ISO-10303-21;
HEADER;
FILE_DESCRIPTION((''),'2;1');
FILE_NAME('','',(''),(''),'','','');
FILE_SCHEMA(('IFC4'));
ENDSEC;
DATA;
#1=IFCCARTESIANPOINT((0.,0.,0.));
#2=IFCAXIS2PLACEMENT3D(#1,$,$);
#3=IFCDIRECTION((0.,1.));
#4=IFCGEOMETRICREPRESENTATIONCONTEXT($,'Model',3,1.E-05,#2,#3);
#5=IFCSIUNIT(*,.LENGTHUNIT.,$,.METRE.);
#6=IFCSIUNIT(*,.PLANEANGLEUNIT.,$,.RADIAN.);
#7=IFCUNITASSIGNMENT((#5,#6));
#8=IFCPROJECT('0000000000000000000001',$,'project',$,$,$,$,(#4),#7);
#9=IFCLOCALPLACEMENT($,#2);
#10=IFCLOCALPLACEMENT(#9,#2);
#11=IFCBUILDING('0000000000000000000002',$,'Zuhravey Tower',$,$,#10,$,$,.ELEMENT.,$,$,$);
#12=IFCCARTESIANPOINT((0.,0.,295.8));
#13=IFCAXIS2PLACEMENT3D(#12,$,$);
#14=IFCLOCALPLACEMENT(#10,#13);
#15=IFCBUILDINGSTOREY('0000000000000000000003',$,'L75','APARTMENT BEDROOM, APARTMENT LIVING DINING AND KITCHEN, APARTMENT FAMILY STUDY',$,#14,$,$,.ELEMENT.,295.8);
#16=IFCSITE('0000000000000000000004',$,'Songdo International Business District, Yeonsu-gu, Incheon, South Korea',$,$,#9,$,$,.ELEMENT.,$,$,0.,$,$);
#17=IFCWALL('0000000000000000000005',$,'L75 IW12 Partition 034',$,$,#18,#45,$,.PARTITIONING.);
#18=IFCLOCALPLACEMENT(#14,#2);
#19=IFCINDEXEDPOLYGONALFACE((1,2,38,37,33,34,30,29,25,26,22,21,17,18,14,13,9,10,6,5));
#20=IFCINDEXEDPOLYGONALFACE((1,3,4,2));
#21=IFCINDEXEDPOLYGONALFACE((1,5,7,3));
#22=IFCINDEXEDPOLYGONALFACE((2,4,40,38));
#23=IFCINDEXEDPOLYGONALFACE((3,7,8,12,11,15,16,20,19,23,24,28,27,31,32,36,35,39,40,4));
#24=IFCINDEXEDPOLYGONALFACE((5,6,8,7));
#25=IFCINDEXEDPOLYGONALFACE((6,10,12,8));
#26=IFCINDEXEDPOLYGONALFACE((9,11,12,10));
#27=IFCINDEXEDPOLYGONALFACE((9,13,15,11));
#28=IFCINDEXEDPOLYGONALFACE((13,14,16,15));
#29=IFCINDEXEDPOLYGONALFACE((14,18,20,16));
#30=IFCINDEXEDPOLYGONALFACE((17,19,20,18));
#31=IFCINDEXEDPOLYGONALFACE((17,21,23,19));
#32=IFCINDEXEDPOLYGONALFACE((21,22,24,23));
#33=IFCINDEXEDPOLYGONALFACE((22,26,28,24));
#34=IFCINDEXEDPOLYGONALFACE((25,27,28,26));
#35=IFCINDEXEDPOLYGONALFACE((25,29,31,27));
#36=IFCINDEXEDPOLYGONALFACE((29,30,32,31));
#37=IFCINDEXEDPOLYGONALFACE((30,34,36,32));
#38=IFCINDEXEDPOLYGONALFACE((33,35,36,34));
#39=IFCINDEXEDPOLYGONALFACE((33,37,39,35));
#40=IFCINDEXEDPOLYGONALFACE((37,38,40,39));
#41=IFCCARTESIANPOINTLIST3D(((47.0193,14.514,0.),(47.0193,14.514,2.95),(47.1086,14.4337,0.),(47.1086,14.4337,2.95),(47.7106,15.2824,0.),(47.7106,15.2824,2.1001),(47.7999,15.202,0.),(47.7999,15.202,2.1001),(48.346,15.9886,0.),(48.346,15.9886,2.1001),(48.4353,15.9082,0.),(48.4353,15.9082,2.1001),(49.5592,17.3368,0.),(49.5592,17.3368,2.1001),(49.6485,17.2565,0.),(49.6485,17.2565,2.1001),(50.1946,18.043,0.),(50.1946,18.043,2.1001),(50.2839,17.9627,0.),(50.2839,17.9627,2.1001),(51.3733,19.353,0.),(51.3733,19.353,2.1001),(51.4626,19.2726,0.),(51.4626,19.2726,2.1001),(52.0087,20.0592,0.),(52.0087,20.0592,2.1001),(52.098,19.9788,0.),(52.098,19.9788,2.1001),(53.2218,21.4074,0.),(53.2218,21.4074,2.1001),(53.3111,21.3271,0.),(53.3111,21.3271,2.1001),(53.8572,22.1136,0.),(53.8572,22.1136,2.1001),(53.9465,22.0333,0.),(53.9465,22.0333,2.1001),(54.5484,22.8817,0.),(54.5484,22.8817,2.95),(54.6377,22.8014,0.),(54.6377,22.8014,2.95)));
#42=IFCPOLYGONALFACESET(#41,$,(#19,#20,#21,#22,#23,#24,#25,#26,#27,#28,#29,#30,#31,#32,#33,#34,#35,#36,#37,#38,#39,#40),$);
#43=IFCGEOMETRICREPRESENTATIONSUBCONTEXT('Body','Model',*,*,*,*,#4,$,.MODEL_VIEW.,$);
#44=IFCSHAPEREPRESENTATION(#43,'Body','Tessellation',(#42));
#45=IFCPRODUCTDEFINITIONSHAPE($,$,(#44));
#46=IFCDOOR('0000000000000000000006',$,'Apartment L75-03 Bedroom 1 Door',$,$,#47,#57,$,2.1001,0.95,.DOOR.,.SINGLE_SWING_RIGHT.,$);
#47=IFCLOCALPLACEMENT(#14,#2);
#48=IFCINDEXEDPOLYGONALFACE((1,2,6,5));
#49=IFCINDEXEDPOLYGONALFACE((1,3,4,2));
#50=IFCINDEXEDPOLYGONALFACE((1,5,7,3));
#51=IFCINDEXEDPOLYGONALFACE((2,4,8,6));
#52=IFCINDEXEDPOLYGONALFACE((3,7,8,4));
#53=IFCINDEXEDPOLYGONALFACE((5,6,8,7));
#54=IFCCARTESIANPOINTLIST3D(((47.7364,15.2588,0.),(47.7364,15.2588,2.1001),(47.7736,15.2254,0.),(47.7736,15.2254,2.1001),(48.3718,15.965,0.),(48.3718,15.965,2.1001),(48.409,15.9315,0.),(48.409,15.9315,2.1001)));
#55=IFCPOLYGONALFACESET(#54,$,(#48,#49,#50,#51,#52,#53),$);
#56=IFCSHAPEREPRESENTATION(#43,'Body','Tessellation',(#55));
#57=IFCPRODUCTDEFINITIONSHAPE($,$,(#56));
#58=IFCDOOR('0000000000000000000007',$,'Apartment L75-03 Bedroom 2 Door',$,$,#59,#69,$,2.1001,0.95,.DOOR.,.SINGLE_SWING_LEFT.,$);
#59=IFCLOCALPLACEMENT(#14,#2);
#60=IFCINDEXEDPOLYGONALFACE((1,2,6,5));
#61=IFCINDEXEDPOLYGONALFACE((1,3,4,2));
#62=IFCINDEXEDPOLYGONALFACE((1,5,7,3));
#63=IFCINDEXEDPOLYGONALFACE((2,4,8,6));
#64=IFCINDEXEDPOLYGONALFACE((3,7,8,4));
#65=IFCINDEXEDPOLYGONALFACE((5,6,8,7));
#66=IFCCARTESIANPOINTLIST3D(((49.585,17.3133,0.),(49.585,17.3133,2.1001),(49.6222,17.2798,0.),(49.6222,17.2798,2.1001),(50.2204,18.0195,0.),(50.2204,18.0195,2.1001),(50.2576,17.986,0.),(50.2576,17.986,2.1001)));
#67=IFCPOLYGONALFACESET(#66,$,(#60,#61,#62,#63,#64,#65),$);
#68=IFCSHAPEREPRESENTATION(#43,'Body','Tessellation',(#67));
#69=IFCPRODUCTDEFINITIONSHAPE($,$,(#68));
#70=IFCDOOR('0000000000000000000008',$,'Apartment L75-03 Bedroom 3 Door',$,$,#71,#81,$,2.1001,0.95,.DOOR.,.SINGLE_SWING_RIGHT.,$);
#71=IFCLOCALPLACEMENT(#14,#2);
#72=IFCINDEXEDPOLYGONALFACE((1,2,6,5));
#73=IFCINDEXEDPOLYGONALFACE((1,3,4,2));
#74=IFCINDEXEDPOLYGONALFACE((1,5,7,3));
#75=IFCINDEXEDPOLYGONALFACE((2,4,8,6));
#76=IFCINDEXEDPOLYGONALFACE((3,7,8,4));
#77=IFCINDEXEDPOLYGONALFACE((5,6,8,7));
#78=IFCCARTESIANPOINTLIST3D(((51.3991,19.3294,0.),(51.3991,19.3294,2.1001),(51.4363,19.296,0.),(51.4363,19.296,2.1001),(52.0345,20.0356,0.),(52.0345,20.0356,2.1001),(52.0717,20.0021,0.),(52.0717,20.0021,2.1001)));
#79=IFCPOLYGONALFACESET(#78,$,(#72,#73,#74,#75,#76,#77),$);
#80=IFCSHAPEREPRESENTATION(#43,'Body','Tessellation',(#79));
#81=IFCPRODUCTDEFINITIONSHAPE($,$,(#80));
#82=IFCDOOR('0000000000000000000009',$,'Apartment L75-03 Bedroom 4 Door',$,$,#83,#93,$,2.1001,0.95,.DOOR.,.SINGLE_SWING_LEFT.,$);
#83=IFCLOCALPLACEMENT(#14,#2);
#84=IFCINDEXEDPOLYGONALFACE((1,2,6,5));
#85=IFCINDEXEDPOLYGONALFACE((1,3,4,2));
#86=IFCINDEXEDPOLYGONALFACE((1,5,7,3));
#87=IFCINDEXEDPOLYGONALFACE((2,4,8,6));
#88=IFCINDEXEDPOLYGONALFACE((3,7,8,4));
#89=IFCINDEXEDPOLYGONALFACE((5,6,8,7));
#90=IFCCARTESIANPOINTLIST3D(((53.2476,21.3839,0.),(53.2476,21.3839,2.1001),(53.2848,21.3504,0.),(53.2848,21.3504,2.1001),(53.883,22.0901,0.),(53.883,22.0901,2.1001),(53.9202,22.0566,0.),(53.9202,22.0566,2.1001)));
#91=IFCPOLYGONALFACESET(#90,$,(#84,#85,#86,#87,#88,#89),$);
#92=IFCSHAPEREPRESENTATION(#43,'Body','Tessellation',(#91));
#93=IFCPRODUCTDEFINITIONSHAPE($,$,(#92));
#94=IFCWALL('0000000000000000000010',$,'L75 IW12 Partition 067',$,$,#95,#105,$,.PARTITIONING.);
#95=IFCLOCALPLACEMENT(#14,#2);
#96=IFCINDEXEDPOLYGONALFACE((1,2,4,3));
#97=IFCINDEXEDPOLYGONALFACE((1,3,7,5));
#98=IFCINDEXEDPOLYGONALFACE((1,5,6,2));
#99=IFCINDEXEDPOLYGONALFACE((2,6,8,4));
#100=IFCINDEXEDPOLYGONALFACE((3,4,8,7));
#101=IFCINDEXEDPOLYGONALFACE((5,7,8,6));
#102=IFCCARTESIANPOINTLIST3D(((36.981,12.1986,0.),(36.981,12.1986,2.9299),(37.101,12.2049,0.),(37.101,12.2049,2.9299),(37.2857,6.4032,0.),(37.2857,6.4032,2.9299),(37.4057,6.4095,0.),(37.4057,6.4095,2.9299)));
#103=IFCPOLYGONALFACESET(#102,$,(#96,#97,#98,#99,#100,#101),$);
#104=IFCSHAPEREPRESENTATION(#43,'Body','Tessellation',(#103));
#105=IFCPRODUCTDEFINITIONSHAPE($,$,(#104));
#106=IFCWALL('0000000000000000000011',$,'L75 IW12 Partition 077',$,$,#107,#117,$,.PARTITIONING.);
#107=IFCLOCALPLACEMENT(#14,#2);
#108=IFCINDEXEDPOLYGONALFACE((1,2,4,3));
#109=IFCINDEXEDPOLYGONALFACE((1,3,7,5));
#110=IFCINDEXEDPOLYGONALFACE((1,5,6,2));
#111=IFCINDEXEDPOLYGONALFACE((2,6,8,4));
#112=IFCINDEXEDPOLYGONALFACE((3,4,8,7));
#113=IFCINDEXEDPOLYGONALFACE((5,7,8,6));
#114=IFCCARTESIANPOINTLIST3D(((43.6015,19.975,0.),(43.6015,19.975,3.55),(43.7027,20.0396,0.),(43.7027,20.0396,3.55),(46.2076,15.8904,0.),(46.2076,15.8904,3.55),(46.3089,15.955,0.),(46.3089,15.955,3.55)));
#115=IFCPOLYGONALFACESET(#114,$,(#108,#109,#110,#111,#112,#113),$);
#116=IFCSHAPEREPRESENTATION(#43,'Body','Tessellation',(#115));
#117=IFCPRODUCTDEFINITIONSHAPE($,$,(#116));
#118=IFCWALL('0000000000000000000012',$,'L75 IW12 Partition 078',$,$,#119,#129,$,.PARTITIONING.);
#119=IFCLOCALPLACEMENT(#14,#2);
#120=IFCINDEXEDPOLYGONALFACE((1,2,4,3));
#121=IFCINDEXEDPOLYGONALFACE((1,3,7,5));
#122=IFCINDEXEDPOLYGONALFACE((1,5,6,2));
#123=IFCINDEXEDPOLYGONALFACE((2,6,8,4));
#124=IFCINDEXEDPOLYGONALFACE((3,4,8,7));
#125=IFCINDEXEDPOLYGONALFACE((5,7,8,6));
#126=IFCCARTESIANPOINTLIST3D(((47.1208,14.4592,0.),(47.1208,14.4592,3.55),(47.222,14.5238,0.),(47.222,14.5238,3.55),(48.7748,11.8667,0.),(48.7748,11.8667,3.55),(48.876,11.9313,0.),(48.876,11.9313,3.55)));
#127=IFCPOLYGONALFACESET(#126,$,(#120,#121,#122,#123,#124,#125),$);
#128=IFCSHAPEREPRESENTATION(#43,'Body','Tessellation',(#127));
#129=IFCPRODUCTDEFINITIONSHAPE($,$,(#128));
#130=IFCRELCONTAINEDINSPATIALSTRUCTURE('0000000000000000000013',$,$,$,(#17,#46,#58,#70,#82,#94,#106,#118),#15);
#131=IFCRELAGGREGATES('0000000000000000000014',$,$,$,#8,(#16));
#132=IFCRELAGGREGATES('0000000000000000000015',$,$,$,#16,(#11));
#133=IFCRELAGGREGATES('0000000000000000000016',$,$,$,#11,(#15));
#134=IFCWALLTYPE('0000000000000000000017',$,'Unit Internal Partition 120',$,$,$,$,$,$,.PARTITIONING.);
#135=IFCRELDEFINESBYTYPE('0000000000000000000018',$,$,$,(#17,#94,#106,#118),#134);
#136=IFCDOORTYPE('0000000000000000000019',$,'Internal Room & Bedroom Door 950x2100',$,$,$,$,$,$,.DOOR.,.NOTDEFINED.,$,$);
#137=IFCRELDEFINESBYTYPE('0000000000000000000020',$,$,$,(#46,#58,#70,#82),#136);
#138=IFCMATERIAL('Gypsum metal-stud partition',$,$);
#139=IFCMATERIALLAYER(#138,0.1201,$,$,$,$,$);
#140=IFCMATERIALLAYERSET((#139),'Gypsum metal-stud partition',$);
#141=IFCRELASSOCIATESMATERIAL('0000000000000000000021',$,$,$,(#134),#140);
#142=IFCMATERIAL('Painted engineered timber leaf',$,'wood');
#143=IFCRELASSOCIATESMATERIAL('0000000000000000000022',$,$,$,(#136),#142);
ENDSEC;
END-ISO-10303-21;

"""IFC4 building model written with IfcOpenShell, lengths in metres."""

from ifc_helpers import new_model, si_unit, direction, frame, frame_2d, origin, place, context, subcontext, project, spatial, rectangle, extrude, material, layer, layer_set, type_object, element, fill, save


model = new_model("IFC4")

# Units and contexts
model_context = context("Model", 3, precision=1e-05, world=origin(), true_north=direction((0.0, 1.0)))
body_context = subcontext(model_context, "Body", "Model", "MODEL_VIEW")
ifc_project = project(units=[si_unit("LENGTHUNIT", "METRE"), si_unit("PLANEANGLEUNIT", "RADIAN")], contexts=[model_context])

# Site, building, storey
site_placement = place(None, origin())
site = spatial("IfcSite", under=ifc_project, at=site_placement, Name="Songdo International Business District, Yeonsu-gu, Incheon, South Korea", CompositionType="ELEMENT", RefElevation=0.0)
building_placement = place(site_placement, origin())
building = spatial("IfcBuilding", under=site, at=building_placement, Name="Zuhravey Tower", CompositionType="ELEMENT")
storey_placement = place(building_placement, frame((0.0, 0.0, 295.8)))
storey = spatial("IfcBuildingStorey", under=building, at=storey_placement, Name="L75", Description="APARTMENT BEDROOM, APARTMENT LIVING DINING AND KITCHEN, APARTMENT FAMILY STUDY", CompositionType="ELEMENT", Elevation=295.8)

# Shared definitions
ifc_material_1 = material(Name="Gypsum metal-stud partition")
ifc_layer_1 = layer(ifc_material_1, 0.1201)
ifc_layer_set_1 = layer_set([ifc_layer_1], Name="Gypsum metal-stud partition")
wall_type_1 = type_object("IfcWallType", Name="Unit Internal Partition 120", PredefinedType="PARTITIONING", material=ifc_layer_set_1)
ifc_material_2 = material(Name="Painted engineered timber leaf", Category="wood")
door_type_1 = type_object("IfcDoorType", Name="Internal Room & Bedroom Door 950x2100", OperationType="NOTDEFINED", PredefinedType="DOOR", material=ifc_material_2)

# Wall, openings, doors
wall_1_placement = place(storey_placement, frame((47.064, 14.4739, 0.0), z_axis=(0.0, 0.0, 1.0), x_axis=(0.668874, 0.743376, 0.0)))
wall_1 = element("IfcWall", 1, at=wall_1_placement, inside=storey, type_object=wall_type_1, Name="L75 IW12 Partition 034", PredefinedType="PARTITIONING", context=body_context, shape_type="SweptSolid", body=[
    extrude(rectangle(XDim=11.2563, YDim=0.1201, at=frame_2d((5.6282, 0.0))), origin(), (0.0, 0.0, 1.0), 2.95),
])
opening_1_placement = place(wall_1_placement, frame((1.0334, 0.0, 0.0)))
opening_1 = element("IfcOpeningElement", 2, at=opening_1_placement, cuts=wall_1, PredefinedType="OPENING", context=body_context, shape_type="SweptSolid", body=[
    extrude(rectangle(XDim=0.95, YDim=2.1001, at=frame_2d((0.4751, 1.05))), frame((0.0, 0.072, 0.0), z_axis=(0.0, -1.0, 0.0), x_axis=(1.0, 0.0, 0.0)), (0.0, 0.0, 1.0), 0.144),
])
opening_2_placement = place(wall_1_placement, frame((3.7971, 0.0, 0.0)))
opening_2 = element("IfcOpeningElement", 3, at=opening_2_placement, cuts=wall_1, PredefinedType="OPENING", context=body_context, shape_type="SweptSolid", body=[
    extrude(rectangle(XDim=0.95, YDim=2.1001, at=frame_2d((0.4751, 1.05))), frame((0.0, 0.072, 0.0), z_axis=(0.0, -1.0, 0.0), x_axis=(1.0, 0.0, 0.0)), (0.0, 0.0, 1.0), 0.144),
])
opening_3_placement = place(wall_1_placement, frame((6.5093, 0.0, 0.0)))
opening_3 = element("IfcOpeningElement", 4, at=opening_3_placement, cuts=wall_1, PredefinedType="OPENING", context=body_context, shape_type="SweptSolid", body=[
    extrude(rectangle(XDim=0.95, YDim=2.1001, at=frame_2d((0.4751, 1.05))), frame((0.0, 0.072, 0.0), z_axis=(0.0, -1.0, 0.0), x_axis=(1.0, 0.0, 0.0)), (0.0, 0.0, 1.0), 0.144),
])
opening_4_placement = place(wall_1_placement, frame((9.2729, 0.0, 0.0)))
opening_4 = element("IfcOpeningElement", 5, at=opening_4_placement, cuts=wall_1, PredefinedType="OPENING", context=body_context, shape_type="SweptSolid", body=[
    extrude(rectangle(XDim=0.95, YDim=2.1001, at=frame_2d((0.4751, 1.05))), frame((0.0, 0.072, 0.0), z_axis=(0.0, -1.0, 0.0), x_axis=(1.0, 0.0, 0.0)), (0.0, 0.0, 1.0), 0.144),
])
door_1_placement = place(opening_1_placement, frame((0.95, 0.0, 0.0), z_axis=(0.0, 0.0, 1.0), x_axis=(-1.0, 0.0, 0.0)))
door_1 = element("IfcDoor", 6, at=door_1_placement, inside=storey, type_object=door_type_1, Name="Apartment L75-03 Bedroom 1 Door", OperationType="SINGLE_SWING_RIGHT", OverallHeight=2.1001, OverallWidth=0.95, PredefinedType="DOOR", context=body_context, shape_type="SweptSolid", body=[
    extrude(rectangle(XDim=0.95, YDim=2.1001, at=frame_2d((0.4751, 1.05))), frame((0.0, 0.0249, 0.0), z_axis=(0.0, -1.0, 0.0), x_axis=(1.0, 0.0, 0.0)), (0.0, 0.0, 1.0), 0.05),
])
fill(opening_1, door_1)
door_2_placement = place(opening_2_placement, frame((0.95, 0.0, 0.0), z_axis=(0.0, 0.0, 1.0), x_axis=(-1.0, 0.0, 0.0)))
door_2 = element("IfcDoor", 7, at=door_2_placement, inside=storey, type_object=door_type_1, Name="Apartment L75-03 Bedroom 2 Door", OperationType="SINGLE_SWING_LEFT", OverallHeight=2.1001, OverallWidth=0.95, PredefinedType="DOOR", context=body_context, shape_type="SweptSolid", body=[
    extrude(rectangle(XDim=0.95, YDim=2.1001, at=frame_2d((0.4751, 1.05))), frame((0.0, 0.0249, 0.0), z_axis=(0.0, -1.0, 0.0), x_axis=(1.0, 0.0, 0.0)), (0.0, 0.0, 1.0), 0.05),
])
fill(opening_2, door_2)
door_3_placement = place(opening_3_placement, frame((0.95, 0.0, 0.0), z_axis=(0.0, 0.0, 1.0), x_axis=(-1.0, 0.0, 0.0)))
door_3 = element("IfcDoor", 8, at=door_3_placement, inside=storey, type_object=door_type_1, Name="Apartment L75-03 Bedroom 3 Door", OperationType="SINGLE_SWING_RIGHT", OverallHeight=2.1001, OverallWidth=0.95, PredefinedType="DOOR", context=body_context, shape_type="SweptSolid", body=[
    extrude(rectangle(XDim=0.95, YDim=2.1001, at=frame_2d((0.4751, 1.05))), frame((0.0, 0.0249, 0.0), z_axis=(0.0, -1.0, 0.0), x_axis=(1.0, 0.0, 0.0)), (0.0, 0.0, 1.0), 0.05),
])
fill(opening_3, door_3)
door_4_placement = place(opening_4_placement, frame((0.95, 0.0, 0.0), z_axis=(0.0, 0.0, 1.0), x_axis=(-1.0, 0.0, 0.0)))
door_4 = element("IfcDoor", 9, at=door_4_placement, inside=storey, type_object=door_type_1, Name="Apartment L75-03 Bedroom 4 Door", OperationType="SINGLE_SWING_LEFT", OverallHeight=2.1001, OverallWidth=0.95, PredefinedType="DOOR", context=body_context, shape_type="SweptSolid", body=[
    extrude(rectangle(XDim=0.95, YDim=2.1001, at=frame_2d((0.4751, 1.05))), frame((0.0, 0.0249, 0.0), z_axis=(0.0, -1.0, 0.0), x_axis=(1.0, 0.0, 0.0)), (0.0, 0.0, 1.0), 0.05),
])
fill(opening_4, door_4)

# Walls
wall_2_placement = place(storey_placement, frame((37.041, 12.2019, 0.0), z_axis=(0.0, 0.0, 1.0), x_axis=(0.052501, -0.998621, 0.0)))
element("IfcWall", 10, at=wall_2_placement, inside=storey, type_object=wall_type_1, Name="L75 IW12 Partition 067", PredefinedType="PARTITIONING", context=body_context, shape_type="SweptSolid", body=[
    extrude(rectangle(XDim=5.8035, YDim=0.1201, at=frame_2d((2.9019, 0.0))), origin(), (0.0, 0.0, 1.0), 2.9299),
])
wall_3_placement = place(storey_placement, frame((43.6521, 20.0073, 0.0), z_axis=(0.0, 0.0, 1.0), x_axis=(0.537879, -0.843022, 0.0)))
element("IfcWall", 11, at=wall_3_placement, inside=storey, type_object=wall_type_1, Name="L75 IW12 Partition 077", PredefinedType="PARTITIONING", context=body_context, shape_type="SweptSolid", body=[
    extrude(rectangle(XDim=4.8452, YDim=0.1201, at=frame_2d((2.4226, 0.0))), origin(), (0.0, 0.0, 1.0), 3.55),
])
wall_4_placement = place(storey_placement, frame((47.1714, 14.4915, 0.0), z_axis=(0.0, 0.0, 1.0), x_axis=(0.537861, -0.843033, 0.0)))
element("IfcWall", 12, at=wall_4_placement, inside=storey, type_object=wall_type_1, Name="L75 IW12 Partition 078", PredefinedType="PARTITIONING", context=body_context, shape_type="SweptSolid", body=[
    extrude(rectangle(XDim=3.0752, YDim=0.1201, at=frame_2d((1.5376, 0.0))), origin(), (0.0, 0.0, 1.0), 3.55),
])

save(model, "model.ifc")
